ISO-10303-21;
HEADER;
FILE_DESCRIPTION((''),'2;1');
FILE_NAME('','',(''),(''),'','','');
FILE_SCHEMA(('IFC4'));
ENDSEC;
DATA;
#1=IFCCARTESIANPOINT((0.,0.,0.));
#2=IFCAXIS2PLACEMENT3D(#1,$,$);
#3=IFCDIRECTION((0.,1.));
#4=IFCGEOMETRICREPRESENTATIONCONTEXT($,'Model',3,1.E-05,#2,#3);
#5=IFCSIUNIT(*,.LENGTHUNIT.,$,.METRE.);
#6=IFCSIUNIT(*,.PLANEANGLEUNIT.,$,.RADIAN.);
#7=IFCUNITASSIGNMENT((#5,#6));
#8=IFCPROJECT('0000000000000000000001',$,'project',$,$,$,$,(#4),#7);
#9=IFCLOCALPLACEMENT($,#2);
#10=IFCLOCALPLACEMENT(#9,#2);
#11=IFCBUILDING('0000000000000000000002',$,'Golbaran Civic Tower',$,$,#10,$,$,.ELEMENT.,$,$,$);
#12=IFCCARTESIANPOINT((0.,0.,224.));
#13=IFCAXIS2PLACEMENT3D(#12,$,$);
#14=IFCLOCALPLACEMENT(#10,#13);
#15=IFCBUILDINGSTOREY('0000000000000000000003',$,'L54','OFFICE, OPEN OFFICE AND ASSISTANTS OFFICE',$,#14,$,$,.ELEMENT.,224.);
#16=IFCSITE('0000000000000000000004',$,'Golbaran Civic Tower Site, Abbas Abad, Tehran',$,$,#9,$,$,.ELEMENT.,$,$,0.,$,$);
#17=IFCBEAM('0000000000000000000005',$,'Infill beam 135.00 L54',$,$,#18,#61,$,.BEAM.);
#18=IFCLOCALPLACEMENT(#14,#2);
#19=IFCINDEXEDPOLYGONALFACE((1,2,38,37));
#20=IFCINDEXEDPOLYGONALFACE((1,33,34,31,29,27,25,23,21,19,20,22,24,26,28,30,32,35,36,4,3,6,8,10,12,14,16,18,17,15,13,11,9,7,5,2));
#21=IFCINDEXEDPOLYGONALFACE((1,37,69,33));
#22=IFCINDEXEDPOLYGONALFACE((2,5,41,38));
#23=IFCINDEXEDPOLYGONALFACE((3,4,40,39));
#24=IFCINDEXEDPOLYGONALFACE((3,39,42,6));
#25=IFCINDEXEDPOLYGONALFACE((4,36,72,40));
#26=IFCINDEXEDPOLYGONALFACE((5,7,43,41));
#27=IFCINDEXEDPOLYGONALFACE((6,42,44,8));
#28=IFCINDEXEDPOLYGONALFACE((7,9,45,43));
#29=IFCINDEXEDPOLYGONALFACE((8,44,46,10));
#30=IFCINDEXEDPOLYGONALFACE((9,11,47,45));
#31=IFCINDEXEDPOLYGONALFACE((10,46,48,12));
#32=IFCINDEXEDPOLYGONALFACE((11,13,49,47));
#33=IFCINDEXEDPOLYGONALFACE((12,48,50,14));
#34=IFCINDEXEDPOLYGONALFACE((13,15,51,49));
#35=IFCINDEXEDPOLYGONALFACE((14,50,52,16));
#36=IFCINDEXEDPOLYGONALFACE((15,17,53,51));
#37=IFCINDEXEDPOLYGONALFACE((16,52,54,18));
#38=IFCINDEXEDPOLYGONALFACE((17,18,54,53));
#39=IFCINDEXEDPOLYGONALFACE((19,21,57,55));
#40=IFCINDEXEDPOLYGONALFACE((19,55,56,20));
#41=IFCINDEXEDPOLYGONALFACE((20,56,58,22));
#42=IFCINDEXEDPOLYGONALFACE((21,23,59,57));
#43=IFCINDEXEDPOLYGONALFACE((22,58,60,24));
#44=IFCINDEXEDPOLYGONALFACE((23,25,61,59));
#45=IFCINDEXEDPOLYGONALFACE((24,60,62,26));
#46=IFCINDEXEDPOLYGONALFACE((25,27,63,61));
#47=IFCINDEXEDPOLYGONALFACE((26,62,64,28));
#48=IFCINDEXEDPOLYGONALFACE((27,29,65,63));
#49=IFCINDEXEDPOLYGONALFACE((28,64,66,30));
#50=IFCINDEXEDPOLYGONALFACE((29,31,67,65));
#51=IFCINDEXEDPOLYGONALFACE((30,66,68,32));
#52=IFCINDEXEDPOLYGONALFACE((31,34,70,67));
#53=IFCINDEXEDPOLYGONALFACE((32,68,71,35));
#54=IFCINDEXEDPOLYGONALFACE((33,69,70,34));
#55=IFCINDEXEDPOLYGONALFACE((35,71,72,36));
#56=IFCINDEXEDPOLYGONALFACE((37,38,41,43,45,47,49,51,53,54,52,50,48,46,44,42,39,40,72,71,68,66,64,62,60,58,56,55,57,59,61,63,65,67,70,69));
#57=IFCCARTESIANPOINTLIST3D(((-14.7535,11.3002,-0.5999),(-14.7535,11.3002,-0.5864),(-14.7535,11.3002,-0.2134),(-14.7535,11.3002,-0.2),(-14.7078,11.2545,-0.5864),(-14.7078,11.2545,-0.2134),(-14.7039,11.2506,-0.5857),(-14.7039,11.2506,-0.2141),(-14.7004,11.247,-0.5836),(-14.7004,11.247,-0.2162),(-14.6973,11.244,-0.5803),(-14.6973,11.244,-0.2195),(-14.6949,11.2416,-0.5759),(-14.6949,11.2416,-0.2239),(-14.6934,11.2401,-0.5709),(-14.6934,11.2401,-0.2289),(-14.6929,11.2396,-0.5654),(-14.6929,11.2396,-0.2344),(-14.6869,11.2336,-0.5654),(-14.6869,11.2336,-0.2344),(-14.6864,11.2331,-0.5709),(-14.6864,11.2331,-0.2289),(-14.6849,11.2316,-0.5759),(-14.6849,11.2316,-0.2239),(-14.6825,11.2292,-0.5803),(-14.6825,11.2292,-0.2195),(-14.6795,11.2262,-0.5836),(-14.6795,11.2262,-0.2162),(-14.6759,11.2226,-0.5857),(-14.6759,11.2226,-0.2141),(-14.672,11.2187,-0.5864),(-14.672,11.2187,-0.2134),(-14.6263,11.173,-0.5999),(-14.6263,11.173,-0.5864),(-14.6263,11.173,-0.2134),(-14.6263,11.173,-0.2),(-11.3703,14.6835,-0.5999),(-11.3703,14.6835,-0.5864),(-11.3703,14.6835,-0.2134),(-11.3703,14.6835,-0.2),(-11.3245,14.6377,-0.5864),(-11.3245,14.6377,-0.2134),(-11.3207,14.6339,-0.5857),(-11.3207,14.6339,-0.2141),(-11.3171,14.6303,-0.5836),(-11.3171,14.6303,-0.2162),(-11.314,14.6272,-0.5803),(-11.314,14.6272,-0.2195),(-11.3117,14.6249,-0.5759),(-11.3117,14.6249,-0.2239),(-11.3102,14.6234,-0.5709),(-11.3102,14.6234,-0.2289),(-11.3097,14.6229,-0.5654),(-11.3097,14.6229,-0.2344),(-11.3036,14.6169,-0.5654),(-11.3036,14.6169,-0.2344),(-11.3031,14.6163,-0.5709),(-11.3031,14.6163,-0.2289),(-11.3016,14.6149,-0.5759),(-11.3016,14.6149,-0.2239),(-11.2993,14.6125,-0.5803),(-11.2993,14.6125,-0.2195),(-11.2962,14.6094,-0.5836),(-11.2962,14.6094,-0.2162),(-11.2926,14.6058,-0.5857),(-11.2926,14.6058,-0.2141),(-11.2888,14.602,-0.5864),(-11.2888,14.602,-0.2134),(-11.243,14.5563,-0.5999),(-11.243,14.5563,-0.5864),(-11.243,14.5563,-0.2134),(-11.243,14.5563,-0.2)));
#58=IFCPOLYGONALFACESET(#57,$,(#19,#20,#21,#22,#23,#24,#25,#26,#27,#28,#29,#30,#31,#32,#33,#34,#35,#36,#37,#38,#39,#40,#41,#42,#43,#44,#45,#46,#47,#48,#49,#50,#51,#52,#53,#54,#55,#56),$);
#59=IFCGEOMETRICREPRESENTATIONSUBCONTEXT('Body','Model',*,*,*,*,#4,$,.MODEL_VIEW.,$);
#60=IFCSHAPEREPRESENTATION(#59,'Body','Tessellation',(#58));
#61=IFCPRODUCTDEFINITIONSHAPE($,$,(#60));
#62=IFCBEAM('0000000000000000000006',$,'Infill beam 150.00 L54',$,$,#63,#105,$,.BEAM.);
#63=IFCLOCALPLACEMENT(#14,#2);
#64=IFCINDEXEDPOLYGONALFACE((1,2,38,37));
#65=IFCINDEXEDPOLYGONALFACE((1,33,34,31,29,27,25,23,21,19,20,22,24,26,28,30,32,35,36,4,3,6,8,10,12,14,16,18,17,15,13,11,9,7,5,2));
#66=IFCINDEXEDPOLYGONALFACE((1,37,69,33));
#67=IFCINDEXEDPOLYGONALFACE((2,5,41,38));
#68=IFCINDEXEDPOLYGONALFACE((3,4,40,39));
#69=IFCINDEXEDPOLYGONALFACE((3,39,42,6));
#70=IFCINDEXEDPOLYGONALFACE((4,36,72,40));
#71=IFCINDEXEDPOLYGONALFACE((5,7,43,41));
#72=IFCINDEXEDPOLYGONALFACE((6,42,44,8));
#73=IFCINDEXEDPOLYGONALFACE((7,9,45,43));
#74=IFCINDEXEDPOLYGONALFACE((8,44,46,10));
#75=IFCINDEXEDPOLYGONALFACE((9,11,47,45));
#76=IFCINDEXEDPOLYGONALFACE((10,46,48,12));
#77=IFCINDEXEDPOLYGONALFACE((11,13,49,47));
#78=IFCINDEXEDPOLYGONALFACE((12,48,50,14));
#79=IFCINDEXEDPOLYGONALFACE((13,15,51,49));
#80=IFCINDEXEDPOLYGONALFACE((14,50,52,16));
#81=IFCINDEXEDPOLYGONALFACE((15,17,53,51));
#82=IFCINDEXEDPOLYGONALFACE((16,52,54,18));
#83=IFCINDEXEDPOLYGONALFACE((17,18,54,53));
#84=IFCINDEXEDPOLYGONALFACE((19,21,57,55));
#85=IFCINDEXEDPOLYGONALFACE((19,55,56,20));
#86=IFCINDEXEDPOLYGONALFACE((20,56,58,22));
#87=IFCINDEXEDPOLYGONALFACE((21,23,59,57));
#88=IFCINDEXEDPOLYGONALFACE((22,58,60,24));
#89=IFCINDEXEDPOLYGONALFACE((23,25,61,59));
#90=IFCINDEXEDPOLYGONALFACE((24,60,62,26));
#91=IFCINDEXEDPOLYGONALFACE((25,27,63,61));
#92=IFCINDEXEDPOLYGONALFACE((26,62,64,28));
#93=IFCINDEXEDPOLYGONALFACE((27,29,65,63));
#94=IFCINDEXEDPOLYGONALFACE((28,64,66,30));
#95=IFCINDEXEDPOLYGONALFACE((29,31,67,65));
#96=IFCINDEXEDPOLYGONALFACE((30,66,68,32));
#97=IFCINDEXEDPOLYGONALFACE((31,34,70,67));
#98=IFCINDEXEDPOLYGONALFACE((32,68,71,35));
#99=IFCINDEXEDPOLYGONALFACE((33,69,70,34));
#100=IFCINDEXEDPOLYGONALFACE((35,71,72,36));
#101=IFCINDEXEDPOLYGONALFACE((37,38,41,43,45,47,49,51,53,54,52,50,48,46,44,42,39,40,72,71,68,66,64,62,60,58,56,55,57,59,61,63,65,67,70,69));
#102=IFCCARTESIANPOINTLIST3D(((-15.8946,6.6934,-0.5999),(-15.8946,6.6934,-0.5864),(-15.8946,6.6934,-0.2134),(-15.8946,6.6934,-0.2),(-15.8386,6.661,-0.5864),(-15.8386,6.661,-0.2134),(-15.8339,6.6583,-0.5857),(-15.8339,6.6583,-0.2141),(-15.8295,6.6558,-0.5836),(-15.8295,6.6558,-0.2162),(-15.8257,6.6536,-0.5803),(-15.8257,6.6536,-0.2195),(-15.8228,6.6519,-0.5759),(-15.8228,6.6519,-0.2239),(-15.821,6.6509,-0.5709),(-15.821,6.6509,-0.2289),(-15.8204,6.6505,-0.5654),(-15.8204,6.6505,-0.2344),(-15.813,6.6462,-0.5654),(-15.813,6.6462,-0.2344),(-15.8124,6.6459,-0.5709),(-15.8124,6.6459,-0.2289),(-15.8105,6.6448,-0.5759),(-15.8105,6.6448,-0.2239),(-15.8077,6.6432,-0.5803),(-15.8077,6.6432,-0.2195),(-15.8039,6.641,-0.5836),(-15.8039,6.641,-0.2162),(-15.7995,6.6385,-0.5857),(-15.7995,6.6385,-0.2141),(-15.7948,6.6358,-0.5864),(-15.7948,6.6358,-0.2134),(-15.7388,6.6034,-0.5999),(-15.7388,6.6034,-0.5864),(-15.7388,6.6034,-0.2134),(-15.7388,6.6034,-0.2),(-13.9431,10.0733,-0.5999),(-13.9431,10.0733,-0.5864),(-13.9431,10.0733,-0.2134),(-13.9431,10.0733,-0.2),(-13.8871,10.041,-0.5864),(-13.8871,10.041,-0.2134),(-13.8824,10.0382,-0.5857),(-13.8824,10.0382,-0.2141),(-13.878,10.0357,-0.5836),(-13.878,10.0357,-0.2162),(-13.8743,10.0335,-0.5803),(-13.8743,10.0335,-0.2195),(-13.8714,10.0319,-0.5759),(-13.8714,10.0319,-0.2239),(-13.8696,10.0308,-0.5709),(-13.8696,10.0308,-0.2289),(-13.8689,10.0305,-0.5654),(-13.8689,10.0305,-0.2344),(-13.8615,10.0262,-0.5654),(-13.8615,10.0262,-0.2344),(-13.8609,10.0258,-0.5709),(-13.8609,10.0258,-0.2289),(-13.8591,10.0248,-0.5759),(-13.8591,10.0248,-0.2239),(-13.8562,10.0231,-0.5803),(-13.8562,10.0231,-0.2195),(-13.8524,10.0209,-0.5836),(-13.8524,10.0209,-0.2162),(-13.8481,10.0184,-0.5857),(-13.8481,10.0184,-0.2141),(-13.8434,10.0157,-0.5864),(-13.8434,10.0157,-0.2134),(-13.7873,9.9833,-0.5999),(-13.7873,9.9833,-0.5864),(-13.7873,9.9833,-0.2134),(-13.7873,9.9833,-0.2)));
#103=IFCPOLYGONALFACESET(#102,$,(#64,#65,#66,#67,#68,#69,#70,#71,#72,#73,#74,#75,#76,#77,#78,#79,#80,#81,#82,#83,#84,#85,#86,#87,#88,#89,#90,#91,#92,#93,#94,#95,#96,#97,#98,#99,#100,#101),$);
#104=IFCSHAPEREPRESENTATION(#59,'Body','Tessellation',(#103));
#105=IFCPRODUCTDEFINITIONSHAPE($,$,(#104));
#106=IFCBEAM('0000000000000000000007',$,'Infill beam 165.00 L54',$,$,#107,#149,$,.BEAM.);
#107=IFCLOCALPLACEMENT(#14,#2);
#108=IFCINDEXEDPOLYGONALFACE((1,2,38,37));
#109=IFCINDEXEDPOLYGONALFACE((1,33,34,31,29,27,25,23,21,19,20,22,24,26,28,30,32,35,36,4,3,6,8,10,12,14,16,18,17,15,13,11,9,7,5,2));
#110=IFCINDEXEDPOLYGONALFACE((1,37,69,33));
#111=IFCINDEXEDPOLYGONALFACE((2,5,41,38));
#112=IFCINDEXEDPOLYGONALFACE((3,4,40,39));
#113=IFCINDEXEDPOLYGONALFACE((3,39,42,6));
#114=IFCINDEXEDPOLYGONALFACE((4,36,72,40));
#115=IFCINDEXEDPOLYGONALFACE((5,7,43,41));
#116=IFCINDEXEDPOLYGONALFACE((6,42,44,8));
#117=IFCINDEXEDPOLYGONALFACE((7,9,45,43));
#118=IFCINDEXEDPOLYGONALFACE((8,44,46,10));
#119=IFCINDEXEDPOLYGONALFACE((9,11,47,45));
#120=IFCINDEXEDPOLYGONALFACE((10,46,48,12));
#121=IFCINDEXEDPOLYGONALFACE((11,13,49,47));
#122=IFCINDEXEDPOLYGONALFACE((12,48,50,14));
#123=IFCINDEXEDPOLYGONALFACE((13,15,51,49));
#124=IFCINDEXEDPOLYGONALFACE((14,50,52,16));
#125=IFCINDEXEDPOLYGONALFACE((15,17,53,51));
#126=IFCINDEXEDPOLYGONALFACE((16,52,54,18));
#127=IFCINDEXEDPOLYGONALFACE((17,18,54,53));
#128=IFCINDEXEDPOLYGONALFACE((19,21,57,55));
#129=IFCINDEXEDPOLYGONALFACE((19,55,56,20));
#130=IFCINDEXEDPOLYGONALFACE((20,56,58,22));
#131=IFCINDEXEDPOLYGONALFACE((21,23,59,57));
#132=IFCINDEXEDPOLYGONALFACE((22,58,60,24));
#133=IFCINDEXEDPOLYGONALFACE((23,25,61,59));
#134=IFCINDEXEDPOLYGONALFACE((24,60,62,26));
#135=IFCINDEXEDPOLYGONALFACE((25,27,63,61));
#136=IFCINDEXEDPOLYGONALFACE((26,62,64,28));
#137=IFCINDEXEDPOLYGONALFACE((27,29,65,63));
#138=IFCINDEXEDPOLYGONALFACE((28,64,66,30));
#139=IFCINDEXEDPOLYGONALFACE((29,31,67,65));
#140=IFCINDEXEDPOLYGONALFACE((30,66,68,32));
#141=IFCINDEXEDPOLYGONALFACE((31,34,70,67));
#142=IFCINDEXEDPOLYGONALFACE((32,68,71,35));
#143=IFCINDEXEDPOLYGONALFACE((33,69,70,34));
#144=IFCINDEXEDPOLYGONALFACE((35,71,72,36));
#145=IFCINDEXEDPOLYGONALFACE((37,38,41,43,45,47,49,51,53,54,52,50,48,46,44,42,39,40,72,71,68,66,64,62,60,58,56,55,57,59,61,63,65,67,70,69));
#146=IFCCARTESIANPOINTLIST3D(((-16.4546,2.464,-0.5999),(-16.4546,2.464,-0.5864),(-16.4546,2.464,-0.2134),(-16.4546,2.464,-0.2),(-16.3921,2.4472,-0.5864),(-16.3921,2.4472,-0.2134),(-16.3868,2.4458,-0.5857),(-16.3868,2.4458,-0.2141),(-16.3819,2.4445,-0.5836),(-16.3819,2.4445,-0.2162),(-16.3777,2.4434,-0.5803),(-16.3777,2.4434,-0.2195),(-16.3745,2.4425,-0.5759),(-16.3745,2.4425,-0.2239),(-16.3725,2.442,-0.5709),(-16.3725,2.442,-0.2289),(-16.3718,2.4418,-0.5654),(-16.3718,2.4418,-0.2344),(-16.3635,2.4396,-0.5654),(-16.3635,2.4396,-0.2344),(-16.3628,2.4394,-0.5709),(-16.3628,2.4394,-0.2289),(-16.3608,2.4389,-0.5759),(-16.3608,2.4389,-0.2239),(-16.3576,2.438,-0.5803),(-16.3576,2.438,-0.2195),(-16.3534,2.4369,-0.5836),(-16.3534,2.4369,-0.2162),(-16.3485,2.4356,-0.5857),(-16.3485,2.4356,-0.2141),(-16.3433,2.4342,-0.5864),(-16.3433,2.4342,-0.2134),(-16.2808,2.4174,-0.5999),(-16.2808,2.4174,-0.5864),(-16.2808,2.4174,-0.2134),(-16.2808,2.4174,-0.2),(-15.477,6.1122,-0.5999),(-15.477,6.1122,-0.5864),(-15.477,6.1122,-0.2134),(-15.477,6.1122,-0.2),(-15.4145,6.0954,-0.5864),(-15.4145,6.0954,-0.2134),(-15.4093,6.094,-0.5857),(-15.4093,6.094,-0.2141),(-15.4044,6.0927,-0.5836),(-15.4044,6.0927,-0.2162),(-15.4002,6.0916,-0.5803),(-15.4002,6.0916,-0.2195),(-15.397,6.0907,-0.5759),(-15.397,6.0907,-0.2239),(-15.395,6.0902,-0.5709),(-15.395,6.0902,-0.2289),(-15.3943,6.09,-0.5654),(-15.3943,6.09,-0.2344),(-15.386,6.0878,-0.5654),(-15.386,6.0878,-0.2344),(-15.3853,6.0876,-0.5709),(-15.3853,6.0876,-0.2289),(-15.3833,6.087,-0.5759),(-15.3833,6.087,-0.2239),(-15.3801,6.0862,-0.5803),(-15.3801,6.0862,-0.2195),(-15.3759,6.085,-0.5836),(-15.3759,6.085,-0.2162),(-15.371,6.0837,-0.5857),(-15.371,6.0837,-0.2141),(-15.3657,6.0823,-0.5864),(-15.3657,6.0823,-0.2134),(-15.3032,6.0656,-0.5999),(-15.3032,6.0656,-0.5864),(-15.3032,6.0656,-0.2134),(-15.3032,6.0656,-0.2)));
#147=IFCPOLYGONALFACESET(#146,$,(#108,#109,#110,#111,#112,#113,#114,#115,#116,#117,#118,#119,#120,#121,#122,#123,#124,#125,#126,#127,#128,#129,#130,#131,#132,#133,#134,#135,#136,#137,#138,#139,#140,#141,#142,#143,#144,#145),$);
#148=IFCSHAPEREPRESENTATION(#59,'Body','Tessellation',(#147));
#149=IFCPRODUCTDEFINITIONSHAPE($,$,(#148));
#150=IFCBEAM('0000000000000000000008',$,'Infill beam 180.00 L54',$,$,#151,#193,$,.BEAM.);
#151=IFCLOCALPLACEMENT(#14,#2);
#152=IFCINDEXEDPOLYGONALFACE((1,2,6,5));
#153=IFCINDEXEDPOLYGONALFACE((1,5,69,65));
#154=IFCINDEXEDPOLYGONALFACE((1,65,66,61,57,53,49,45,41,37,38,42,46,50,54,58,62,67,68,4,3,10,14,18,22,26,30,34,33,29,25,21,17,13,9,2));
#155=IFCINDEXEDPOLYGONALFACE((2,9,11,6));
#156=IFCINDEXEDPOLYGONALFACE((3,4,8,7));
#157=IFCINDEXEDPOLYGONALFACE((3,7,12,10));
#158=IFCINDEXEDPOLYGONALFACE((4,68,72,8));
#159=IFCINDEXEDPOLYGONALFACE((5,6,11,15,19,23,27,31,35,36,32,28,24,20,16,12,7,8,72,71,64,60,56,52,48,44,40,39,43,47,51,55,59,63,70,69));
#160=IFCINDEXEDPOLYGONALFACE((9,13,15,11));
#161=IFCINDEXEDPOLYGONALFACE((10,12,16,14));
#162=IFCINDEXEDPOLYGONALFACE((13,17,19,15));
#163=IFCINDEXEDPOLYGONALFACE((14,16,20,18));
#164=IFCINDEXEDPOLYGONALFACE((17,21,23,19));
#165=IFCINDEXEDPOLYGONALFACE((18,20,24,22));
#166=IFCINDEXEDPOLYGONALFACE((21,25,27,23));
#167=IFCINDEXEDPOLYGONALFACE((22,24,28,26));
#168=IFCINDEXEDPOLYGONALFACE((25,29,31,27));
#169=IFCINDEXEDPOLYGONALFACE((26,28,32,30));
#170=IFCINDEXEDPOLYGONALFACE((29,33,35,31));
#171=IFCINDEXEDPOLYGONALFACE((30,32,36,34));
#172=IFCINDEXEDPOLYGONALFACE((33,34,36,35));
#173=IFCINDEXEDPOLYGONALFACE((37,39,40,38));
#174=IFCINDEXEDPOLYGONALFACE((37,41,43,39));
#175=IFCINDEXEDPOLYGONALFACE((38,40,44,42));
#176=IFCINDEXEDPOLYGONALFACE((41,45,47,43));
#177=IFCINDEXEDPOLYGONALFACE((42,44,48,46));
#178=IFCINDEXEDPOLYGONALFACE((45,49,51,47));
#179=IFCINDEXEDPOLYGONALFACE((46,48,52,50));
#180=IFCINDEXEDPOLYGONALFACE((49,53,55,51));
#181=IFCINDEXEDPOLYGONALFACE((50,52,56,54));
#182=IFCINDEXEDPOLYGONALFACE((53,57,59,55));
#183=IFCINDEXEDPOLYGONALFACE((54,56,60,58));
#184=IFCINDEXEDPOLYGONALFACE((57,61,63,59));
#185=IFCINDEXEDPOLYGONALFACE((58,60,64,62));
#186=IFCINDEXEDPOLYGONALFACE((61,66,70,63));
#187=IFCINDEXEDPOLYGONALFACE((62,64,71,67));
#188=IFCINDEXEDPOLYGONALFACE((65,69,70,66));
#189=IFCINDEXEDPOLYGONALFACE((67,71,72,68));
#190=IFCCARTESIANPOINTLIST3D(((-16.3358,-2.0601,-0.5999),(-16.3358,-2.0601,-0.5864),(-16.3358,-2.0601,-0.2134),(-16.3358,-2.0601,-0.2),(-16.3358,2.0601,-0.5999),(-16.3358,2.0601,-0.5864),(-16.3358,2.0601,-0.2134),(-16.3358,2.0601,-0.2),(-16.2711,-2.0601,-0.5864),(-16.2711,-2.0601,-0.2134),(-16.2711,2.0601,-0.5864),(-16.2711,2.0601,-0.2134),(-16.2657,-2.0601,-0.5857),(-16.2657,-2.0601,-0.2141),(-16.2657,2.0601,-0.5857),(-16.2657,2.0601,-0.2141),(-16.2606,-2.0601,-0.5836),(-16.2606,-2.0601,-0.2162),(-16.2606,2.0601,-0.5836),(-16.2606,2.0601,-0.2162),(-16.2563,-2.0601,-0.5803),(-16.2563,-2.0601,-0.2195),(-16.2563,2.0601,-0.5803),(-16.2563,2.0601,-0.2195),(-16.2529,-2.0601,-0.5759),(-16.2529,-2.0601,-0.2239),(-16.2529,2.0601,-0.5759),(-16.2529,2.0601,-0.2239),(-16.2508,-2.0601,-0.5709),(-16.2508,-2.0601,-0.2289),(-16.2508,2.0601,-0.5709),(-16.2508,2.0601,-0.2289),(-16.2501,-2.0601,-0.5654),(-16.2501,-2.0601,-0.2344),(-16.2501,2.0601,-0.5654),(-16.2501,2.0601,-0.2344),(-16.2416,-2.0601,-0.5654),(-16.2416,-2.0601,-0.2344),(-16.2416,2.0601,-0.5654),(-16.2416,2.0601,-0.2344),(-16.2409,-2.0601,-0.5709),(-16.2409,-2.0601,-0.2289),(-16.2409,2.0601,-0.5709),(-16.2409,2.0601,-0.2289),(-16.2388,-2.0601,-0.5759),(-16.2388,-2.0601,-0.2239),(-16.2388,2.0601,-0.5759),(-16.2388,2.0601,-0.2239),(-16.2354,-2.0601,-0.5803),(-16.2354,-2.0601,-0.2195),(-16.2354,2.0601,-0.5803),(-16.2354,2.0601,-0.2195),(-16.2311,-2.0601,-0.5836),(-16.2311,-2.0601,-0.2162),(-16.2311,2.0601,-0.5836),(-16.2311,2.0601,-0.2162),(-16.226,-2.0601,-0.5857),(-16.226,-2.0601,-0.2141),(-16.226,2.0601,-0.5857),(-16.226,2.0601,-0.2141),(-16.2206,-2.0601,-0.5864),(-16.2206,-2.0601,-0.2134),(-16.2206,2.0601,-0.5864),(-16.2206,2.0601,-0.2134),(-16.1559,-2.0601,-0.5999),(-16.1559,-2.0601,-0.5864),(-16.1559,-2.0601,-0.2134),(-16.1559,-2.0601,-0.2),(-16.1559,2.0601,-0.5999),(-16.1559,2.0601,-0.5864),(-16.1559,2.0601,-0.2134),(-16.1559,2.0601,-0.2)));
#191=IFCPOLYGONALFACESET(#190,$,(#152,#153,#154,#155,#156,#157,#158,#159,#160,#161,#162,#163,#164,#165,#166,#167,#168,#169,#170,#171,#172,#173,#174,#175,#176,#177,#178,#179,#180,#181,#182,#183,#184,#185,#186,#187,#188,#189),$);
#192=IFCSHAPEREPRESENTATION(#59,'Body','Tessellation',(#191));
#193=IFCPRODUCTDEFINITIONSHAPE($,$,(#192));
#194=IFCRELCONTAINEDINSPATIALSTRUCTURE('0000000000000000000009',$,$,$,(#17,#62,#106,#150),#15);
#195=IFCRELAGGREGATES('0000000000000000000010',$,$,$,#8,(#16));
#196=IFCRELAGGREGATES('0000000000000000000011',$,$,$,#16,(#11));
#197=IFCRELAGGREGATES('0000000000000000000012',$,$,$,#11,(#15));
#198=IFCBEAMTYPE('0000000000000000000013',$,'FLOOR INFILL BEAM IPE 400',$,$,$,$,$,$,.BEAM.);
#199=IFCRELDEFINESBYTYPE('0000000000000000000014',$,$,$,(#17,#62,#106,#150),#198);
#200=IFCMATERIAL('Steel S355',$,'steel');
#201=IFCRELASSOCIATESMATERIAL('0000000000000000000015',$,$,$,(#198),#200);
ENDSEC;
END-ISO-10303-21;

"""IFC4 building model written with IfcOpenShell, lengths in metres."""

from ifc_helpers import new_model, si_unit, direction, frame, origin, origin_2d, place, context, subcontext, project, spatial, i_section, extrude, material, material_profile, profile_set, type_object, element, save


model = new_model("IFC4")

# Units and contexts
model_context = context("Model", 3, precision=1e-05, world=origin(), true_north=direction((0.0, 1.0)))
body_context = subcontext(model_context, "Body", "Model", "MODEL_VIEW")
ifc_project = project(units=[si_unit("LENGTHUNIT", "METRE"), si_unit("PLANEANGLEUNIT", "RADIAN")], contexts=[model_context])

# Site, building, storey
site_placement = place(None, origin())
site = spatial("IfcSite", under=ifc_project, at=site_placement, Name="Golbaran Civic Tower Site, Abbas Abad, Tehran", CompositionType="ELEMENT", RefElevation=0.0)
building_placement = place(site_placement, origin())
building = spatial("IfcBuilding", under=site, at=building_placement, Name="Golbaran Civic Tower", CompositionType="ELEMENT")
storey_placement = place(building_placement, frame((0.0, 0.0, 224.0)))
storey = spatial("IfcBuildingStorey", under=building, at=storey_placement, Name="L54", Description="OFFICE, OPEN OFFICE AND ASSISTANTS OFFICE", CompositionType="ELEMENT", Elevation=224.0)

# Beams
ifc_material_1 = material(Name="Steel S355", Category="steel")
ifc_material_profile_1 = material_profile(ifc_material_1, i_section(OverallWidth=0.1799, OverallDepth=0.3999, WebThickness=0.0085, FlangeThickness=0.0134, FilletRadius=0.021, at=origin_2d()), Name="IPE 400")
ifc_profile_set_1 = profile_set([ifc_material_profile_1], Name="Steel S355")
beam_type_1 = type_object("IfcBeamType", Name="FLOOR INFILL BEAM IPE 400", PredefinedType="BEAM", material=ifc_profile_set_1)
beam_1_placement = place(storey_placement, frame((-11.3066, 14.6199, -0.3999), z_axis=(-0.707107, -0.707107, 0.0), x_axis=(0.707107, -0.707107, 0.0)))
element("IfcBeam", 1, at=beam_1_placement, inside=storey, type_object=beam_type_1, Name="Infill beam 135.00 L54", PredefinedType="BEAM", context=body_context, shape_type="SweptSolid", body=[
    extrude(i_section(OverallWidth=0.1799, OverallDepth=0.3999, WebThickness=0.0085, FlangeThickness=0.0134, FilletRadius=0.021, at=origin_2d()), origin(), (0.0, 0.0, 1.0), 4.7847),
])
beam_2_placement = place(storey_placement, frame((-13.8652, 10.0283, -0.3999), z_axis=(-0.500008, -0.866021, 0.0), x_axis=(0.866021, -0.500008, 0.0)))
element("IfcBeam", 2, at=beam_2_placement, inside=storey, type_object=beam_type_1, Name="Infill beam 150.00 L54", PredefinedType="BEAM", context=body_context, shape_type="SweptSolid", body=[
    extrude(i_section(OverallWidth=0.1799, OverallDepth=0.3999, WebThickness=0.0085, FlangeThickness=0.0134, FilletRadius=0.021, at=origin_2d()), origin(), (0.0, 0.0, 1.0), 3.9028),
])
beam_3_placement = place(storey_placement, frame((-15.3901, 6.0889, -0.3999), z_axis=(-0.258821, -0.965925, 0.0), x_axis=(0.965925, -0.258821, 0.0)))
element("IfcBeam", 3, at=beam_3_placement, inside=storey, type_object=beam_type_1, Name="Infill beam 165.00 L54", PredefinedType="BEAM", context=body_context, shape_type="SweptSolid", body=[
    extrude(i_section(OverallWidth=0.1799, OverallDepth=0.3999, WebThickness=0.0085, FlangeThickness=0.0134, FilletRadius=0.021, at=origin_2d()), origin(), (0.0, 0.0, 1.0), 3.7769),
])
beam_4_placement = place(storey_placement, frame((-16.2458, 2.0601, -0.3999), z_axis=(0.0, -1.0, 0.0), x_axis=(1.0, 0.0, 0.0)))
element("IfcBeam", 4, at=beam_4_placement, inside=storey, type_object=beam_type_1, Name="Infill beam 180.00 L54", PredefinedType="BEAM", context=body_context, shape_type="SweptSolid", body=[
    extrude(i_section(OverallWidth=0.1799, OverallDepth=0.3999, WebThickness=0.0085, FlangeThickness=0.0134, FilletRadius=0.021, at=origin_2d()), origin(), (0.0, 0.0, 1.0), 4.1201),
])

save(model, "model.ifc")
